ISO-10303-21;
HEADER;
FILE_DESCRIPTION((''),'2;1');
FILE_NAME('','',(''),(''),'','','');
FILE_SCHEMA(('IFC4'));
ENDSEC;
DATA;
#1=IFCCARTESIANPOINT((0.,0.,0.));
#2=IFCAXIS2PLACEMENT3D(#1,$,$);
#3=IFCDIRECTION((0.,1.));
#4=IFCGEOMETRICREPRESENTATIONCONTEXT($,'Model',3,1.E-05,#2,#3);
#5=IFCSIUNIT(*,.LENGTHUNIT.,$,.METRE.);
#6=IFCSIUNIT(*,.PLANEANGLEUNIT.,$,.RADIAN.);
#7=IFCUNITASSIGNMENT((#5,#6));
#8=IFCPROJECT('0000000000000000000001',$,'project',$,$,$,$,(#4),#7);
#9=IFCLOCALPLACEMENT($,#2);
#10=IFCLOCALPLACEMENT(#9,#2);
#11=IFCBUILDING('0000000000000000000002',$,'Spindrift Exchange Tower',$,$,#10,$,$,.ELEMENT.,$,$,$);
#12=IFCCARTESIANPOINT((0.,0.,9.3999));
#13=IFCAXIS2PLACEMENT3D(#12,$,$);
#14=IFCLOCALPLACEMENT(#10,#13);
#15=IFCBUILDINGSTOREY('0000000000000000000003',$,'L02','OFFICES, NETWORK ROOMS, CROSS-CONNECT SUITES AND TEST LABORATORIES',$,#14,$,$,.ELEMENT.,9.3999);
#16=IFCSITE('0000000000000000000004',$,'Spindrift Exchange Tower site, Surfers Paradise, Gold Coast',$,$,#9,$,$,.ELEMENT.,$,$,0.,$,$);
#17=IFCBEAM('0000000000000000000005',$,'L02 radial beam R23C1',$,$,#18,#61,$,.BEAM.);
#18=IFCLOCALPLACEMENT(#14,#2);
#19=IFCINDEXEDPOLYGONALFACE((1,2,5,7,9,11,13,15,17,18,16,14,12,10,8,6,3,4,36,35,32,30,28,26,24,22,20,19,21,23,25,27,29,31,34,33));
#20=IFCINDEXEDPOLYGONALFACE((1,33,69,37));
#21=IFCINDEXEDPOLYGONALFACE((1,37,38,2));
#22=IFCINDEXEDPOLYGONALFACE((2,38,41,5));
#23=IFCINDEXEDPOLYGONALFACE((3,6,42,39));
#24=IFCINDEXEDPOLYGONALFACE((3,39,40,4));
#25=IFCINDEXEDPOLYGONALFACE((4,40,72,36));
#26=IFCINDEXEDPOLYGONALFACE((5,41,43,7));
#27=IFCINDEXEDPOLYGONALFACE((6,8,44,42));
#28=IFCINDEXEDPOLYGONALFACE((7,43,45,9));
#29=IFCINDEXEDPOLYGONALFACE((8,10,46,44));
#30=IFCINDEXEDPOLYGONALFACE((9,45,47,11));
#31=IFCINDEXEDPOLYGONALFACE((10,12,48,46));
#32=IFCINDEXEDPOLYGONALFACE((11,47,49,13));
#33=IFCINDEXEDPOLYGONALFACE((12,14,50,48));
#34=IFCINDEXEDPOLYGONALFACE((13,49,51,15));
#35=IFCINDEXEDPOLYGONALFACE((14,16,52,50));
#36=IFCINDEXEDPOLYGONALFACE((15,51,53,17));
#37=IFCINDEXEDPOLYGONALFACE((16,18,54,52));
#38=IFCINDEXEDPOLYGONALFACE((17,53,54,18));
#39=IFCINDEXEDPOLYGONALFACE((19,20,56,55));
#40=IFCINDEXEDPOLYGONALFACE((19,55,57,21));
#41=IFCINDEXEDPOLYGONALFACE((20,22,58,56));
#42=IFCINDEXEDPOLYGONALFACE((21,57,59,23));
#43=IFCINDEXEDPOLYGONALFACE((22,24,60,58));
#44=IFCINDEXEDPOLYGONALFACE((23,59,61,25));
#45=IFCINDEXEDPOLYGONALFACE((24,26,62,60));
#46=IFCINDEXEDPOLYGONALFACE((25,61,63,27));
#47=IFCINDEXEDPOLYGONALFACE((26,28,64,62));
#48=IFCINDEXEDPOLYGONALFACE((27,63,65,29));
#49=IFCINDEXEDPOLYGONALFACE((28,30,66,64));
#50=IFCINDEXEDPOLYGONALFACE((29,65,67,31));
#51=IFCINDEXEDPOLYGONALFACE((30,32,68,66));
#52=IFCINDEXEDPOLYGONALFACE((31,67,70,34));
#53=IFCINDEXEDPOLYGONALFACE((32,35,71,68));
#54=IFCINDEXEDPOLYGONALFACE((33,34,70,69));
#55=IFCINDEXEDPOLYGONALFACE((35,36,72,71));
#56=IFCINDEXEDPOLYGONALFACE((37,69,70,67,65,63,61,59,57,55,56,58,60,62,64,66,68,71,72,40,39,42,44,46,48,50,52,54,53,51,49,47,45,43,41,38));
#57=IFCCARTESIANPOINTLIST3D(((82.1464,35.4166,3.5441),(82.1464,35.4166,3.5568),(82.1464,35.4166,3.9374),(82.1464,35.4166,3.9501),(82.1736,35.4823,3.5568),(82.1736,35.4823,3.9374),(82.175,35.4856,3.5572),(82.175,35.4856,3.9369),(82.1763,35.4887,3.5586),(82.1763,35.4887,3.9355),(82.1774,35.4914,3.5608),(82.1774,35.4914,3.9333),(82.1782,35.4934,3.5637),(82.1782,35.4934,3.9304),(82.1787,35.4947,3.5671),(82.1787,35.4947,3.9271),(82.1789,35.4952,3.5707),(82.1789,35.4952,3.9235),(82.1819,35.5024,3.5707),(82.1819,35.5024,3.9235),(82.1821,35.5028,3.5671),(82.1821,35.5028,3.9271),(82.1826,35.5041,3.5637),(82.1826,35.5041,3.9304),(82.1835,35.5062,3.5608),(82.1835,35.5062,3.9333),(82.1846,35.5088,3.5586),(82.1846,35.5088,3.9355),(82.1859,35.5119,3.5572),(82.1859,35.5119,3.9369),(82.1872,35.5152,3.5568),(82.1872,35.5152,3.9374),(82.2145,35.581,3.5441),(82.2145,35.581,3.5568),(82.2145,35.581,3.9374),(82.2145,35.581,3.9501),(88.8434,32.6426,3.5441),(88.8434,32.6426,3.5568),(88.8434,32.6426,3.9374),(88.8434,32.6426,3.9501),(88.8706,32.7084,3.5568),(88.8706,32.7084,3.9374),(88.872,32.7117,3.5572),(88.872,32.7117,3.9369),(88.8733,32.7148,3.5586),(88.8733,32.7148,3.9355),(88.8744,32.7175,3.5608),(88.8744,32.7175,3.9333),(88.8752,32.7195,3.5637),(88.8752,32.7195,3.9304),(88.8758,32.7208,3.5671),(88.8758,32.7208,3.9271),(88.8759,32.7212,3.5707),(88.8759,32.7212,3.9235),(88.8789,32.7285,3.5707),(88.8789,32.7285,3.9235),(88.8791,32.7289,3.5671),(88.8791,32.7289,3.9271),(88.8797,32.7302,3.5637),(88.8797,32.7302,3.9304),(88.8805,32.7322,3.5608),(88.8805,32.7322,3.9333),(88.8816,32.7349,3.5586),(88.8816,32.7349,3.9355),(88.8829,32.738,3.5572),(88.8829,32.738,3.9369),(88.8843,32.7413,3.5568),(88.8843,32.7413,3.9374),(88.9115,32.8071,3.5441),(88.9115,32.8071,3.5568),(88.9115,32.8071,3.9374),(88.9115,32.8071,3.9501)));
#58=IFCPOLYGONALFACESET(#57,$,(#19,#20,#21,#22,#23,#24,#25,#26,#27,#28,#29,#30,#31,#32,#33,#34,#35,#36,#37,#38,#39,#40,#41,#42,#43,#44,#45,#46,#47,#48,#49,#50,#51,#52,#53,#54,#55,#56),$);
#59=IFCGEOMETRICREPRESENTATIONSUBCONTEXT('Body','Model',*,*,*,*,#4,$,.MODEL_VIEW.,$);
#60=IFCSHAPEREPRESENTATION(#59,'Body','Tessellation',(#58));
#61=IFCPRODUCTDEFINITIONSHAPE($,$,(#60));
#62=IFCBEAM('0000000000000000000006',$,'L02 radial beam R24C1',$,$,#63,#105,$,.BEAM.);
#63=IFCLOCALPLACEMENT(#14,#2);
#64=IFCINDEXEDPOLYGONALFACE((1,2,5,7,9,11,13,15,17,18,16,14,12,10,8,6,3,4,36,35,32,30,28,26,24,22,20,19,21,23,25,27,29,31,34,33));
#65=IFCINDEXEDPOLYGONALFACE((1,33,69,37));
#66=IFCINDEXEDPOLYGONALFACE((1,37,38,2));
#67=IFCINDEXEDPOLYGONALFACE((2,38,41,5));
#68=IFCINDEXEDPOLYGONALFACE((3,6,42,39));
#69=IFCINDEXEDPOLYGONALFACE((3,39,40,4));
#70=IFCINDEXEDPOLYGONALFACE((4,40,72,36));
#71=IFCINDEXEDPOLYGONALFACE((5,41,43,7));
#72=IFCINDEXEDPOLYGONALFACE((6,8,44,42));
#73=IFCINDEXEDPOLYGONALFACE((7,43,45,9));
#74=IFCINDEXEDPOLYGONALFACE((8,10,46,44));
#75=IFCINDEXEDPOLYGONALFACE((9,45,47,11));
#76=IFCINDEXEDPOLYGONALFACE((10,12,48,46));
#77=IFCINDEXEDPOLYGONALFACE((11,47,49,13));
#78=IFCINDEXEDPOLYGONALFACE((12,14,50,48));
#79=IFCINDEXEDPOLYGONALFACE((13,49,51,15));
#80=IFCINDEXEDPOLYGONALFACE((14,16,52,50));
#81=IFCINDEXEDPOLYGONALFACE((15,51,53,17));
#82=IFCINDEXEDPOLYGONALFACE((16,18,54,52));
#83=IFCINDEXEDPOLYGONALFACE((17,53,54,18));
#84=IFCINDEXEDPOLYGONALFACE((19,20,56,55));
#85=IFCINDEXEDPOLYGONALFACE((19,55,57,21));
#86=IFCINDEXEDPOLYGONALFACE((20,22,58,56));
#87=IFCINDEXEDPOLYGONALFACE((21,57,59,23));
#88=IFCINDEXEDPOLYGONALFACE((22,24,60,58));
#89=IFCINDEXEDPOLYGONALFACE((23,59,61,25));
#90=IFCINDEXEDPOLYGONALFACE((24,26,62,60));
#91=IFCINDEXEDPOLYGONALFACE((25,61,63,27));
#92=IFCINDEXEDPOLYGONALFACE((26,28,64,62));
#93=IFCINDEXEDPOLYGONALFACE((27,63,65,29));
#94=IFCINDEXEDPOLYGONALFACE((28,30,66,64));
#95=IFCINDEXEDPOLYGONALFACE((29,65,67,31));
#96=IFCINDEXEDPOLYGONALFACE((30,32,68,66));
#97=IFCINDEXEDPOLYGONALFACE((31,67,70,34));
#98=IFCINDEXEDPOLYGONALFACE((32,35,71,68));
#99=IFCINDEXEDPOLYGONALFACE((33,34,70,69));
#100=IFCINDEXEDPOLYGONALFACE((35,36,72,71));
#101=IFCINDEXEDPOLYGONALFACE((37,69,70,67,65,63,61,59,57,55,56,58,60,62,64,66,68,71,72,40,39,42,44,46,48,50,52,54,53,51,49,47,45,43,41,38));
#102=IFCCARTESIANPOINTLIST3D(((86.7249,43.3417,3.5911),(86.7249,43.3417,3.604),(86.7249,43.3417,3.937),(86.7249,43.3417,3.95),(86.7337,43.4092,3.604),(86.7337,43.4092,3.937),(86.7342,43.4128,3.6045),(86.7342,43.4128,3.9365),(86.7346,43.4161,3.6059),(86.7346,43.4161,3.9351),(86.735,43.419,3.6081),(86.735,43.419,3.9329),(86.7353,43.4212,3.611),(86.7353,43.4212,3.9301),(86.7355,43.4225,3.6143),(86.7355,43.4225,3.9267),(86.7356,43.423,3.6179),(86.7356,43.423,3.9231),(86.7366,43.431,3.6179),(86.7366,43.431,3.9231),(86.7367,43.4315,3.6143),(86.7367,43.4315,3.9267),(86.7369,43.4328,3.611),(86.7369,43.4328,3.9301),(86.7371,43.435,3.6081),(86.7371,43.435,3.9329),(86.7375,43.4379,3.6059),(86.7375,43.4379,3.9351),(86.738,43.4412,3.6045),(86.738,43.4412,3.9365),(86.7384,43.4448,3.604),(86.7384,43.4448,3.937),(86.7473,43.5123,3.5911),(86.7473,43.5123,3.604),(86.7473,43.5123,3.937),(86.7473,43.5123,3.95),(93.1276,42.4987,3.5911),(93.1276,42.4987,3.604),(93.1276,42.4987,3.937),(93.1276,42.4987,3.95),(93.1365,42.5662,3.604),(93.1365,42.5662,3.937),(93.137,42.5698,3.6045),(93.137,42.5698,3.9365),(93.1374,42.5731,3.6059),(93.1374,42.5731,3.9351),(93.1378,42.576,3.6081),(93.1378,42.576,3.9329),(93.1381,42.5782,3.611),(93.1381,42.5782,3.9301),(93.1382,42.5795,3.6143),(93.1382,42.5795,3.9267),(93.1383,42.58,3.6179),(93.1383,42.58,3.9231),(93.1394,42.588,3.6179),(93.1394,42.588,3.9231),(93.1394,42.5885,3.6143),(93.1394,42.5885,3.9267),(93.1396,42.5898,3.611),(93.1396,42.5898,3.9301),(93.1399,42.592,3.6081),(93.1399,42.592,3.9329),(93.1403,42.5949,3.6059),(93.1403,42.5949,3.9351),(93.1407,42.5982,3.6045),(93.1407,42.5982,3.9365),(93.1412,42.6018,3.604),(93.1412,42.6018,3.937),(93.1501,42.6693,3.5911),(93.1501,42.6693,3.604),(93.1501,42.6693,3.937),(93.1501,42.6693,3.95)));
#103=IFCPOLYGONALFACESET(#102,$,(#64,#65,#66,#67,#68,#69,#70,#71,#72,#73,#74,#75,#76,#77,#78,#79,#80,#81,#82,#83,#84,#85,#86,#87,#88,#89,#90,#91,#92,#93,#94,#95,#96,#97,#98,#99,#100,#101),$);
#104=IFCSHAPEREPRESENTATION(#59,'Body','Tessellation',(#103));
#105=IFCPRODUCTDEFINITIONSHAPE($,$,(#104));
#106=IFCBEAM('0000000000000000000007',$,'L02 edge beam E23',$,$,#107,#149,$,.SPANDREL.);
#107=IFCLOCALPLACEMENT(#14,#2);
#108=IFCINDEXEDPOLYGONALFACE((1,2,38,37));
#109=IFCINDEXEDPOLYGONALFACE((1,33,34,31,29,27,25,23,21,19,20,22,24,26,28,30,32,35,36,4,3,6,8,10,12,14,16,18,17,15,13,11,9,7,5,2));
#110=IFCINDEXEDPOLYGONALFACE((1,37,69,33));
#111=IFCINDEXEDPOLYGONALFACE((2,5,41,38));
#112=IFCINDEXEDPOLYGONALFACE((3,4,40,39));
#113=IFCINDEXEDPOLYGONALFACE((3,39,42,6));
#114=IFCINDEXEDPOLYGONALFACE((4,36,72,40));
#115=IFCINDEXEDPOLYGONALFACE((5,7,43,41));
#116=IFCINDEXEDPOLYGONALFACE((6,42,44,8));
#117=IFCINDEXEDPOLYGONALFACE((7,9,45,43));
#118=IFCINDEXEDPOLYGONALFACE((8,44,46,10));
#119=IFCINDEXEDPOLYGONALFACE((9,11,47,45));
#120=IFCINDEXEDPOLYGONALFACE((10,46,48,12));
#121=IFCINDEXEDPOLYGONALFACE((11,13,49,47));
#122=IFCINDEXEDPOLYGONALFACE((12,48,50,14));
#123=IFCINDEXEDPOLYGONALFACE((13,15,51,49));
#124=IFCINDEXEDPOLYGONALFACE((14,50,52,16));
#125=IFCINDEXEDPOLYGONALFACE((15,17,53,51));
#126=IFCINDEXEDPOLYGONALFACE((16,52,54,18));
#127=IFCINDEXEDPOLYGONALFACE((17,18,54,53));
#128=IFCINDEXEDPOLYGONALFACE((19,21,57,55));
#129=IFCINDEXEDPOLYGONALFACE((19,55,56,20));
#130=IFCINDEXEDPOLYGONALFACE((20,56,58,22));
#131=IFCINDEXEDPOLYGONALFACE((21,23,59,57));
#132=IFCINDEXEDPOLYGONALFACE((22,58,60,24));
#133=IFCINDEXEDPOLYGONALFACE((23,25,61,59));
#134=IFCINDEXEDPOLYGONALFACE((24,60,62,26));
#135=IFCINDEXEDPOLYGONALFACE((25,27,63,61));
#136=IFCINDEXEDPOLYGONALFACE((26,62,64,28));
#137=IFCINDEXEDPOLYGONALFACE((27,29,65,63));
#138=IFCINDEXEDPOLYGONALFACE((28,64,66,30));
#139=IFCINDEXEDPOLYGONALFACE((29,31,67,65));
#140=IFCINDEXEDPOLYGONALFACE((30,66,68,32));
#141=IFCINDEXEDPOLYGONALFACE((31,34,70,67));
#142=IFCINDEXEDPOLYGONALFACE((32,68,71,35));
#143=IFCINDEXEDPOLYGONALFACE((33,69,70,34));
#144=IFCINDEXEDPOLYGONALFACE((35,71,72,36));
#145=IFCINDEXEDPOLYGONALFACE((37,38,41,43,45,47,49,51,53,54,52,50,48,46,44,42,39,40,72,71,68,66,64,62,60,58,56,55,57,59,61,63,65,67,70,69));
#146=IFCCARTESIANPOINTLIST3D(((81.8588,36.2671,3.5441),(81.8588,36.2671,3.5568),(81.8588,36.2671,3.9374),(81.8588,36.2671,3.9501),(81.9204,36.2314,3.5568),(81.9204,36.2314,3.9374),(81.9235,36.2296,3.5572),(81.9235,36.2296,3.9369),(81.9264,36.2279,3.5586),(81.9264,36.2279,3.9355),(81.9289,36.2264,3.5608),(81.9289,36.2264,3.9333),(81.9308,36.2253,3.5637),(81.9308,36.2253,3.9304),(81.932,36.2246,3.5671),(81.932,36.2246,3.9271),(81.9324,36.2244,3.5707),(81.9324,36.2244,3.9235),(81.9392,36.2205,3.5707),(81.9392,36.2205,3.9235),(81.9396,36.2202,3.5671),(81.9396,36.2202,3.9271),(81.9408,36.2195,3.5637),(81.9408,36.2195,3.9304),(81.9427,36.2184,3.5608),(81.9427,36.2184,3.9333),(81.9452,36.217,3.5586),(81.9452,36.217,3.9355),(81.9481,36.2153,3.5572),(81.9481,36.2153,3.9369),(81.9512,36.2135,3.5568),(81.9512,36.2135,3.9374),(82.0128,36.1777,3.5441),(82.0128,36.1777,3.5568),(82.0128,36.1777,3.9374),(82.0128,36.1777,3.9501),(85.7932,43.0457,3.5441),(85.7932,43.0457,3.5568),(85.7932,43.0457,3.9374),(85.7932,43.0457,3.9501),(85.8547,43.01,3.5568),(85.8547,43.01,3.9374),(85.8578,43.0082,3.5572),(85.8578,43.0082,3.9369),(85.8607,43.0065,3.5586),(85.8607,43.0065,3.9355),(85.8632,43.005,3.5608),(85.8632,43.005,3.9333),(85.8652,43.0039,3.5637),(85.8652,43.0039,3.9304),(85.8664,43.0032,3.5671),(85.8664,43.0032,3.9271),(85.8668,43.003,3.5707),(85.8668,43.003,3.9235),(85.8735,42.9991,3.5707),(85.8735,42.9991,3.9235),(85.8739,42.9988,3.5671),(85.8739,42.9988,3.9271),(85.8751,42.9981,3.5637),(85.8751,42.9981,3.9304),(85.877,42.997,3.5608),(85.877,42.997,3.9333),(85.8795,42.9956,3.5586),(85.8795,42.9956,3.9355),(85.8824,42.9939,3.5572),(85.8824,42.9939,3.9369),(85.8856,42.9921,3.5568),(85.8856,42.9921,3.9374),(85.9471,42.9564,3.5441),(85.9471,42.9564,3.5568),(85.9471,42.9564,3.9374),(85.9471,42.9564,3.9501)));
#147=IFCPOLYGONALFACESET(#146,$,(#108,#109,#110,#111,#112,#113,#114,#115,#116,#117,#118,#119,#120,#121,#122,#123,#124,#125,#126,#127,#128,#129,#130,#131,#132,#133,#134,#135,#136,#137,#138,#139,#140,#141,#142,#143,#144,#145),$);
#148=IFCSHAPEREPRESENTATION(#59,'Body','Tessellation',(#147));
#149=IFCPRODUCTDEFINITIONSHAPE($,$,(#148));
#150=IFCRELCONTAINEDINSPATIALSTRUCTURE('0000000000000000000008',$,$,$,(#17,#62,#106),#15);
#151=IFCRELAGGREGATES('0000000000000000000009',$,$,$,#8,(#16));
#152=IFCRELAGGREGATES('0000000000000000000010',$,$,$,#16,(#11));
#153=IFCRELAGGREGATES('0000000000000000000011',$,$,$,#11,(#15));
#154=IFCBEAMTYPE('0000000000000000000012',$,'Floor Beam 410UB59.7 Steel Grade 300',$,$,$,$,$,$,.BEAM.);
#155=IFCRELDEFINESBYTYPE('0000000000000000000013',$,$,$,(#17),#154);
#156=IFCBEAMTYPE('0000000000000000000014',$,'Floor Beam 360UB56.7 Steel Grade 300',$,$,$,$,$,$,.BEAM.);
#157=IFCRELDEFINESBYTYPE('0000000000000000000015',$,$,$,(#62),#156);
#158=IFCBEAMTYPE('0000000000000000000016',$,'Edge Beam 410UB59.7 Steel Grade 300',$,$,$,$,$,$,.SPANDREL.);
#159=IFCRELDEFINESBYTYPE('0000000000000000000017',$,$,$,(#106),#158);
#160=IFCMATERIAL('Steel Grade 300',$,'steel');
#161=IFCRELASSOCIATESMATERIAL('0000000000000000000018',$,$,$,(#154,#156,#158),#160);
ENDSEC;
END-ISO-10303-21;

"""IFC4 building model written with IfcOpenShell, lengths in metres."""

from ifc_helpers import new_model, si_unit, direction, frame, origin, origin_2d, place, context, subcontext, project, spatial, i_section, extrude, source, transform, mapped, material, material_profile, profile_set, type_object, element, save


model = new_model("IFC4")

# Units and contexts
model_context = context("Model", 3, precision=1e-05, world=origin(), true_north=direction((0.0, 1.0)))
body_context = subcontext(model_context, "Body", "Model", "MODEL_VIEW")
ifc_project = project(units=[si_unit("LENGTHUNIT", "METRE"), si_unit("PLANEANGLEUNIT", "RADIAN")], contexts=[model_context])

# Site, building, storey
site_placement = place(None, origin())
site = spatial("IfcSite", under=ifc_project, at=site_placement, Name="Spindrift Exchange Tower site, Surfers Paradise, Gold Coast", CompositionType="ELEMENT", RefElevation=0.0)
building_placement = place(site_placement, origin())
building = spatial("IfcBuilding", under=site, at=building_placement, Name="Spindrift Exchange Tower", CompositionType="ELEMENT")
storey_placement = place(building_placement, frame((0.0, 0.0, 9.3999)))
storey = spatial("IfcBuildingStorey", under=building, at=storey_placement, Name="L02", Description="OFFICES, NETWORK ROOMS, CROSS-CONNECT SUITES AND TEST LABORATORIES", CompositionType="ELEMENT", Elevation=9.3999)

# Beams
ifc_material_1 = material(Name="Steel Grade 300", Category="steel")
ifc_material_profile_1 = material_profile(ifc_material_1, i_section(OverallWidth=0.178, OverallDepth=0.406, WebThickness=0.0078, FlangeThickness=0.0127, FilletRadius=0.0139, at=origin_2d()), Name="410UB59.7")
ifc_profile_set_1 = profile_set([ifc_material_profile_1], Name="Steel Grade 300")
beam_type_1 = type_object("IfcBeamType", Name="Floor Beam 410UB59.7 Steel Grade 300", PredefinedType="BEAM", material=ifc_profile_set_1)
shared_shape_1 = source(origin(), body_context, "Body", "SweptSolid", [
    extrude(i_section(OverallWidth=0.178, OverallDepth=0.406, WebThickness=0.0078, FlangeThickness=0.0127, FilletRadius=0.0139, at=origin_2d()), origin(), (0.0, 0.0, 1.0), 7.2488),
])
beam_1_placement = place(storey_placement, frame((82.1804, 35.4988, 3.7471), z_axis=(0.923883, -0.382675, 0.0), x_axis=(0.382675, 0.923883, 0.0)))
element("IfcBeam", 1, at=beam_1_placement, inside=storey, type_object=beam_type_1, Name="L02 radial beam R23C1", PredefinedType="BEAM", context=body_context, shape_type="MappedRepresentation", body=[
    mapped(shared_shape_1, transform((0.0, 0.0, 0.0), scale=1.0)),
])
ifc_material_profile_2 = material_profile(ifc_material_1, i_section(OverallWidth=0.1721, OverallDepth=0.3589, WebThickness=0.0081, FlangeThickness=0.0129, FilletRadius=0.0139, at=origin_2d()), Name="360UB56.7")
ifc_profile_set_2 = profile_set([ifc_material_profile_2], Name="Steel Grade 300")
beam_type_2 = type_object("IfcBeamType", Name="Floor Beam 360UB56.7 Steel Grade 300", PredefinedType="BEAM", material=ifc_profile_set_2)
shared_shape_2 = source(origin(), body_context, "Body", "SweptSolid", [
    extrude(i_section(OverallWidth=0.1721, OverallDepth=0.3589, WebThickness=0.0081, FlangeThickness=0.0129, FilletRadius=0.0139, at=origin_2d()), origin(), (0.0, 0.0, 1.0), 6.458),
])
beam_2_placement = place(storey_placement, frame((86.7361, 43.427, 3.7705), z_axis=(0.991443, -0.130537, 0.0), x_axis=(0.130537, 0.991443, 0.0)))
element("IfcBeam", 2, at=beam_2_placement, inside=storey, type_object=beam_type_2, Name="L02 radial beam R24C1", PredefinedType="BEAM", context=body_context, shape_type="MappedRepresentation", body=[
    mapped(shared_shape_2, transform((0.0, 0.0, 0.0), scale=1.0)),
])
ifc_material_profile_3 = material_profile(ifc_material_1, i_section(OverallWidth=0.178, OverallDepth=0.406, WebThickness=0.0078, FlangeThickness=0.0127, FilletRadius=0.0139, at=origin_2d()), Name="410UB59.7")
ifc_profile_set_3 = profile_set([ifc_material_profile_3], Name="Steel Grade 300")
beam_type_3 = type_object("IfcBeamType", Name="Edge Beam 410UB59.7 Steel Grade 300", PredefinedType="SPANDREL", material=ifc_profile_set_3)
shared_shape_3 = source(origin(), body_context, "Body", "SweptSolid", [
    extrude(i_section(OverallWidth=0.178, OverallDepth=0.406, WebThickness=0.0078, FlangeThickness=0.0127, FilletRadius=0.0139, at=origin_2d()), origin(), (0.0, 0.0, 1.0), 7.8376),
])
beam_3_placement = place(storey_placement, frame((81.9358, 36.2224, 3.7471), z_axis=(0.501981, 0.864878, 0.0), x_axis=(-0.864878, 0.501981, 0.0)))
element("IfcBeam", 3, at=beam_3_placement, inside=storey, type_object=beam_type_3, Name="L02 edge beam E23", PredefinedType="SPANDREL", context=body_context, shape_type="MappedRepresentation", body=[
    mapped(shared_shape_3, transform((0.0, 0.0, 0.0), scale=1.0)),
])

save(model, "model.ifc")
